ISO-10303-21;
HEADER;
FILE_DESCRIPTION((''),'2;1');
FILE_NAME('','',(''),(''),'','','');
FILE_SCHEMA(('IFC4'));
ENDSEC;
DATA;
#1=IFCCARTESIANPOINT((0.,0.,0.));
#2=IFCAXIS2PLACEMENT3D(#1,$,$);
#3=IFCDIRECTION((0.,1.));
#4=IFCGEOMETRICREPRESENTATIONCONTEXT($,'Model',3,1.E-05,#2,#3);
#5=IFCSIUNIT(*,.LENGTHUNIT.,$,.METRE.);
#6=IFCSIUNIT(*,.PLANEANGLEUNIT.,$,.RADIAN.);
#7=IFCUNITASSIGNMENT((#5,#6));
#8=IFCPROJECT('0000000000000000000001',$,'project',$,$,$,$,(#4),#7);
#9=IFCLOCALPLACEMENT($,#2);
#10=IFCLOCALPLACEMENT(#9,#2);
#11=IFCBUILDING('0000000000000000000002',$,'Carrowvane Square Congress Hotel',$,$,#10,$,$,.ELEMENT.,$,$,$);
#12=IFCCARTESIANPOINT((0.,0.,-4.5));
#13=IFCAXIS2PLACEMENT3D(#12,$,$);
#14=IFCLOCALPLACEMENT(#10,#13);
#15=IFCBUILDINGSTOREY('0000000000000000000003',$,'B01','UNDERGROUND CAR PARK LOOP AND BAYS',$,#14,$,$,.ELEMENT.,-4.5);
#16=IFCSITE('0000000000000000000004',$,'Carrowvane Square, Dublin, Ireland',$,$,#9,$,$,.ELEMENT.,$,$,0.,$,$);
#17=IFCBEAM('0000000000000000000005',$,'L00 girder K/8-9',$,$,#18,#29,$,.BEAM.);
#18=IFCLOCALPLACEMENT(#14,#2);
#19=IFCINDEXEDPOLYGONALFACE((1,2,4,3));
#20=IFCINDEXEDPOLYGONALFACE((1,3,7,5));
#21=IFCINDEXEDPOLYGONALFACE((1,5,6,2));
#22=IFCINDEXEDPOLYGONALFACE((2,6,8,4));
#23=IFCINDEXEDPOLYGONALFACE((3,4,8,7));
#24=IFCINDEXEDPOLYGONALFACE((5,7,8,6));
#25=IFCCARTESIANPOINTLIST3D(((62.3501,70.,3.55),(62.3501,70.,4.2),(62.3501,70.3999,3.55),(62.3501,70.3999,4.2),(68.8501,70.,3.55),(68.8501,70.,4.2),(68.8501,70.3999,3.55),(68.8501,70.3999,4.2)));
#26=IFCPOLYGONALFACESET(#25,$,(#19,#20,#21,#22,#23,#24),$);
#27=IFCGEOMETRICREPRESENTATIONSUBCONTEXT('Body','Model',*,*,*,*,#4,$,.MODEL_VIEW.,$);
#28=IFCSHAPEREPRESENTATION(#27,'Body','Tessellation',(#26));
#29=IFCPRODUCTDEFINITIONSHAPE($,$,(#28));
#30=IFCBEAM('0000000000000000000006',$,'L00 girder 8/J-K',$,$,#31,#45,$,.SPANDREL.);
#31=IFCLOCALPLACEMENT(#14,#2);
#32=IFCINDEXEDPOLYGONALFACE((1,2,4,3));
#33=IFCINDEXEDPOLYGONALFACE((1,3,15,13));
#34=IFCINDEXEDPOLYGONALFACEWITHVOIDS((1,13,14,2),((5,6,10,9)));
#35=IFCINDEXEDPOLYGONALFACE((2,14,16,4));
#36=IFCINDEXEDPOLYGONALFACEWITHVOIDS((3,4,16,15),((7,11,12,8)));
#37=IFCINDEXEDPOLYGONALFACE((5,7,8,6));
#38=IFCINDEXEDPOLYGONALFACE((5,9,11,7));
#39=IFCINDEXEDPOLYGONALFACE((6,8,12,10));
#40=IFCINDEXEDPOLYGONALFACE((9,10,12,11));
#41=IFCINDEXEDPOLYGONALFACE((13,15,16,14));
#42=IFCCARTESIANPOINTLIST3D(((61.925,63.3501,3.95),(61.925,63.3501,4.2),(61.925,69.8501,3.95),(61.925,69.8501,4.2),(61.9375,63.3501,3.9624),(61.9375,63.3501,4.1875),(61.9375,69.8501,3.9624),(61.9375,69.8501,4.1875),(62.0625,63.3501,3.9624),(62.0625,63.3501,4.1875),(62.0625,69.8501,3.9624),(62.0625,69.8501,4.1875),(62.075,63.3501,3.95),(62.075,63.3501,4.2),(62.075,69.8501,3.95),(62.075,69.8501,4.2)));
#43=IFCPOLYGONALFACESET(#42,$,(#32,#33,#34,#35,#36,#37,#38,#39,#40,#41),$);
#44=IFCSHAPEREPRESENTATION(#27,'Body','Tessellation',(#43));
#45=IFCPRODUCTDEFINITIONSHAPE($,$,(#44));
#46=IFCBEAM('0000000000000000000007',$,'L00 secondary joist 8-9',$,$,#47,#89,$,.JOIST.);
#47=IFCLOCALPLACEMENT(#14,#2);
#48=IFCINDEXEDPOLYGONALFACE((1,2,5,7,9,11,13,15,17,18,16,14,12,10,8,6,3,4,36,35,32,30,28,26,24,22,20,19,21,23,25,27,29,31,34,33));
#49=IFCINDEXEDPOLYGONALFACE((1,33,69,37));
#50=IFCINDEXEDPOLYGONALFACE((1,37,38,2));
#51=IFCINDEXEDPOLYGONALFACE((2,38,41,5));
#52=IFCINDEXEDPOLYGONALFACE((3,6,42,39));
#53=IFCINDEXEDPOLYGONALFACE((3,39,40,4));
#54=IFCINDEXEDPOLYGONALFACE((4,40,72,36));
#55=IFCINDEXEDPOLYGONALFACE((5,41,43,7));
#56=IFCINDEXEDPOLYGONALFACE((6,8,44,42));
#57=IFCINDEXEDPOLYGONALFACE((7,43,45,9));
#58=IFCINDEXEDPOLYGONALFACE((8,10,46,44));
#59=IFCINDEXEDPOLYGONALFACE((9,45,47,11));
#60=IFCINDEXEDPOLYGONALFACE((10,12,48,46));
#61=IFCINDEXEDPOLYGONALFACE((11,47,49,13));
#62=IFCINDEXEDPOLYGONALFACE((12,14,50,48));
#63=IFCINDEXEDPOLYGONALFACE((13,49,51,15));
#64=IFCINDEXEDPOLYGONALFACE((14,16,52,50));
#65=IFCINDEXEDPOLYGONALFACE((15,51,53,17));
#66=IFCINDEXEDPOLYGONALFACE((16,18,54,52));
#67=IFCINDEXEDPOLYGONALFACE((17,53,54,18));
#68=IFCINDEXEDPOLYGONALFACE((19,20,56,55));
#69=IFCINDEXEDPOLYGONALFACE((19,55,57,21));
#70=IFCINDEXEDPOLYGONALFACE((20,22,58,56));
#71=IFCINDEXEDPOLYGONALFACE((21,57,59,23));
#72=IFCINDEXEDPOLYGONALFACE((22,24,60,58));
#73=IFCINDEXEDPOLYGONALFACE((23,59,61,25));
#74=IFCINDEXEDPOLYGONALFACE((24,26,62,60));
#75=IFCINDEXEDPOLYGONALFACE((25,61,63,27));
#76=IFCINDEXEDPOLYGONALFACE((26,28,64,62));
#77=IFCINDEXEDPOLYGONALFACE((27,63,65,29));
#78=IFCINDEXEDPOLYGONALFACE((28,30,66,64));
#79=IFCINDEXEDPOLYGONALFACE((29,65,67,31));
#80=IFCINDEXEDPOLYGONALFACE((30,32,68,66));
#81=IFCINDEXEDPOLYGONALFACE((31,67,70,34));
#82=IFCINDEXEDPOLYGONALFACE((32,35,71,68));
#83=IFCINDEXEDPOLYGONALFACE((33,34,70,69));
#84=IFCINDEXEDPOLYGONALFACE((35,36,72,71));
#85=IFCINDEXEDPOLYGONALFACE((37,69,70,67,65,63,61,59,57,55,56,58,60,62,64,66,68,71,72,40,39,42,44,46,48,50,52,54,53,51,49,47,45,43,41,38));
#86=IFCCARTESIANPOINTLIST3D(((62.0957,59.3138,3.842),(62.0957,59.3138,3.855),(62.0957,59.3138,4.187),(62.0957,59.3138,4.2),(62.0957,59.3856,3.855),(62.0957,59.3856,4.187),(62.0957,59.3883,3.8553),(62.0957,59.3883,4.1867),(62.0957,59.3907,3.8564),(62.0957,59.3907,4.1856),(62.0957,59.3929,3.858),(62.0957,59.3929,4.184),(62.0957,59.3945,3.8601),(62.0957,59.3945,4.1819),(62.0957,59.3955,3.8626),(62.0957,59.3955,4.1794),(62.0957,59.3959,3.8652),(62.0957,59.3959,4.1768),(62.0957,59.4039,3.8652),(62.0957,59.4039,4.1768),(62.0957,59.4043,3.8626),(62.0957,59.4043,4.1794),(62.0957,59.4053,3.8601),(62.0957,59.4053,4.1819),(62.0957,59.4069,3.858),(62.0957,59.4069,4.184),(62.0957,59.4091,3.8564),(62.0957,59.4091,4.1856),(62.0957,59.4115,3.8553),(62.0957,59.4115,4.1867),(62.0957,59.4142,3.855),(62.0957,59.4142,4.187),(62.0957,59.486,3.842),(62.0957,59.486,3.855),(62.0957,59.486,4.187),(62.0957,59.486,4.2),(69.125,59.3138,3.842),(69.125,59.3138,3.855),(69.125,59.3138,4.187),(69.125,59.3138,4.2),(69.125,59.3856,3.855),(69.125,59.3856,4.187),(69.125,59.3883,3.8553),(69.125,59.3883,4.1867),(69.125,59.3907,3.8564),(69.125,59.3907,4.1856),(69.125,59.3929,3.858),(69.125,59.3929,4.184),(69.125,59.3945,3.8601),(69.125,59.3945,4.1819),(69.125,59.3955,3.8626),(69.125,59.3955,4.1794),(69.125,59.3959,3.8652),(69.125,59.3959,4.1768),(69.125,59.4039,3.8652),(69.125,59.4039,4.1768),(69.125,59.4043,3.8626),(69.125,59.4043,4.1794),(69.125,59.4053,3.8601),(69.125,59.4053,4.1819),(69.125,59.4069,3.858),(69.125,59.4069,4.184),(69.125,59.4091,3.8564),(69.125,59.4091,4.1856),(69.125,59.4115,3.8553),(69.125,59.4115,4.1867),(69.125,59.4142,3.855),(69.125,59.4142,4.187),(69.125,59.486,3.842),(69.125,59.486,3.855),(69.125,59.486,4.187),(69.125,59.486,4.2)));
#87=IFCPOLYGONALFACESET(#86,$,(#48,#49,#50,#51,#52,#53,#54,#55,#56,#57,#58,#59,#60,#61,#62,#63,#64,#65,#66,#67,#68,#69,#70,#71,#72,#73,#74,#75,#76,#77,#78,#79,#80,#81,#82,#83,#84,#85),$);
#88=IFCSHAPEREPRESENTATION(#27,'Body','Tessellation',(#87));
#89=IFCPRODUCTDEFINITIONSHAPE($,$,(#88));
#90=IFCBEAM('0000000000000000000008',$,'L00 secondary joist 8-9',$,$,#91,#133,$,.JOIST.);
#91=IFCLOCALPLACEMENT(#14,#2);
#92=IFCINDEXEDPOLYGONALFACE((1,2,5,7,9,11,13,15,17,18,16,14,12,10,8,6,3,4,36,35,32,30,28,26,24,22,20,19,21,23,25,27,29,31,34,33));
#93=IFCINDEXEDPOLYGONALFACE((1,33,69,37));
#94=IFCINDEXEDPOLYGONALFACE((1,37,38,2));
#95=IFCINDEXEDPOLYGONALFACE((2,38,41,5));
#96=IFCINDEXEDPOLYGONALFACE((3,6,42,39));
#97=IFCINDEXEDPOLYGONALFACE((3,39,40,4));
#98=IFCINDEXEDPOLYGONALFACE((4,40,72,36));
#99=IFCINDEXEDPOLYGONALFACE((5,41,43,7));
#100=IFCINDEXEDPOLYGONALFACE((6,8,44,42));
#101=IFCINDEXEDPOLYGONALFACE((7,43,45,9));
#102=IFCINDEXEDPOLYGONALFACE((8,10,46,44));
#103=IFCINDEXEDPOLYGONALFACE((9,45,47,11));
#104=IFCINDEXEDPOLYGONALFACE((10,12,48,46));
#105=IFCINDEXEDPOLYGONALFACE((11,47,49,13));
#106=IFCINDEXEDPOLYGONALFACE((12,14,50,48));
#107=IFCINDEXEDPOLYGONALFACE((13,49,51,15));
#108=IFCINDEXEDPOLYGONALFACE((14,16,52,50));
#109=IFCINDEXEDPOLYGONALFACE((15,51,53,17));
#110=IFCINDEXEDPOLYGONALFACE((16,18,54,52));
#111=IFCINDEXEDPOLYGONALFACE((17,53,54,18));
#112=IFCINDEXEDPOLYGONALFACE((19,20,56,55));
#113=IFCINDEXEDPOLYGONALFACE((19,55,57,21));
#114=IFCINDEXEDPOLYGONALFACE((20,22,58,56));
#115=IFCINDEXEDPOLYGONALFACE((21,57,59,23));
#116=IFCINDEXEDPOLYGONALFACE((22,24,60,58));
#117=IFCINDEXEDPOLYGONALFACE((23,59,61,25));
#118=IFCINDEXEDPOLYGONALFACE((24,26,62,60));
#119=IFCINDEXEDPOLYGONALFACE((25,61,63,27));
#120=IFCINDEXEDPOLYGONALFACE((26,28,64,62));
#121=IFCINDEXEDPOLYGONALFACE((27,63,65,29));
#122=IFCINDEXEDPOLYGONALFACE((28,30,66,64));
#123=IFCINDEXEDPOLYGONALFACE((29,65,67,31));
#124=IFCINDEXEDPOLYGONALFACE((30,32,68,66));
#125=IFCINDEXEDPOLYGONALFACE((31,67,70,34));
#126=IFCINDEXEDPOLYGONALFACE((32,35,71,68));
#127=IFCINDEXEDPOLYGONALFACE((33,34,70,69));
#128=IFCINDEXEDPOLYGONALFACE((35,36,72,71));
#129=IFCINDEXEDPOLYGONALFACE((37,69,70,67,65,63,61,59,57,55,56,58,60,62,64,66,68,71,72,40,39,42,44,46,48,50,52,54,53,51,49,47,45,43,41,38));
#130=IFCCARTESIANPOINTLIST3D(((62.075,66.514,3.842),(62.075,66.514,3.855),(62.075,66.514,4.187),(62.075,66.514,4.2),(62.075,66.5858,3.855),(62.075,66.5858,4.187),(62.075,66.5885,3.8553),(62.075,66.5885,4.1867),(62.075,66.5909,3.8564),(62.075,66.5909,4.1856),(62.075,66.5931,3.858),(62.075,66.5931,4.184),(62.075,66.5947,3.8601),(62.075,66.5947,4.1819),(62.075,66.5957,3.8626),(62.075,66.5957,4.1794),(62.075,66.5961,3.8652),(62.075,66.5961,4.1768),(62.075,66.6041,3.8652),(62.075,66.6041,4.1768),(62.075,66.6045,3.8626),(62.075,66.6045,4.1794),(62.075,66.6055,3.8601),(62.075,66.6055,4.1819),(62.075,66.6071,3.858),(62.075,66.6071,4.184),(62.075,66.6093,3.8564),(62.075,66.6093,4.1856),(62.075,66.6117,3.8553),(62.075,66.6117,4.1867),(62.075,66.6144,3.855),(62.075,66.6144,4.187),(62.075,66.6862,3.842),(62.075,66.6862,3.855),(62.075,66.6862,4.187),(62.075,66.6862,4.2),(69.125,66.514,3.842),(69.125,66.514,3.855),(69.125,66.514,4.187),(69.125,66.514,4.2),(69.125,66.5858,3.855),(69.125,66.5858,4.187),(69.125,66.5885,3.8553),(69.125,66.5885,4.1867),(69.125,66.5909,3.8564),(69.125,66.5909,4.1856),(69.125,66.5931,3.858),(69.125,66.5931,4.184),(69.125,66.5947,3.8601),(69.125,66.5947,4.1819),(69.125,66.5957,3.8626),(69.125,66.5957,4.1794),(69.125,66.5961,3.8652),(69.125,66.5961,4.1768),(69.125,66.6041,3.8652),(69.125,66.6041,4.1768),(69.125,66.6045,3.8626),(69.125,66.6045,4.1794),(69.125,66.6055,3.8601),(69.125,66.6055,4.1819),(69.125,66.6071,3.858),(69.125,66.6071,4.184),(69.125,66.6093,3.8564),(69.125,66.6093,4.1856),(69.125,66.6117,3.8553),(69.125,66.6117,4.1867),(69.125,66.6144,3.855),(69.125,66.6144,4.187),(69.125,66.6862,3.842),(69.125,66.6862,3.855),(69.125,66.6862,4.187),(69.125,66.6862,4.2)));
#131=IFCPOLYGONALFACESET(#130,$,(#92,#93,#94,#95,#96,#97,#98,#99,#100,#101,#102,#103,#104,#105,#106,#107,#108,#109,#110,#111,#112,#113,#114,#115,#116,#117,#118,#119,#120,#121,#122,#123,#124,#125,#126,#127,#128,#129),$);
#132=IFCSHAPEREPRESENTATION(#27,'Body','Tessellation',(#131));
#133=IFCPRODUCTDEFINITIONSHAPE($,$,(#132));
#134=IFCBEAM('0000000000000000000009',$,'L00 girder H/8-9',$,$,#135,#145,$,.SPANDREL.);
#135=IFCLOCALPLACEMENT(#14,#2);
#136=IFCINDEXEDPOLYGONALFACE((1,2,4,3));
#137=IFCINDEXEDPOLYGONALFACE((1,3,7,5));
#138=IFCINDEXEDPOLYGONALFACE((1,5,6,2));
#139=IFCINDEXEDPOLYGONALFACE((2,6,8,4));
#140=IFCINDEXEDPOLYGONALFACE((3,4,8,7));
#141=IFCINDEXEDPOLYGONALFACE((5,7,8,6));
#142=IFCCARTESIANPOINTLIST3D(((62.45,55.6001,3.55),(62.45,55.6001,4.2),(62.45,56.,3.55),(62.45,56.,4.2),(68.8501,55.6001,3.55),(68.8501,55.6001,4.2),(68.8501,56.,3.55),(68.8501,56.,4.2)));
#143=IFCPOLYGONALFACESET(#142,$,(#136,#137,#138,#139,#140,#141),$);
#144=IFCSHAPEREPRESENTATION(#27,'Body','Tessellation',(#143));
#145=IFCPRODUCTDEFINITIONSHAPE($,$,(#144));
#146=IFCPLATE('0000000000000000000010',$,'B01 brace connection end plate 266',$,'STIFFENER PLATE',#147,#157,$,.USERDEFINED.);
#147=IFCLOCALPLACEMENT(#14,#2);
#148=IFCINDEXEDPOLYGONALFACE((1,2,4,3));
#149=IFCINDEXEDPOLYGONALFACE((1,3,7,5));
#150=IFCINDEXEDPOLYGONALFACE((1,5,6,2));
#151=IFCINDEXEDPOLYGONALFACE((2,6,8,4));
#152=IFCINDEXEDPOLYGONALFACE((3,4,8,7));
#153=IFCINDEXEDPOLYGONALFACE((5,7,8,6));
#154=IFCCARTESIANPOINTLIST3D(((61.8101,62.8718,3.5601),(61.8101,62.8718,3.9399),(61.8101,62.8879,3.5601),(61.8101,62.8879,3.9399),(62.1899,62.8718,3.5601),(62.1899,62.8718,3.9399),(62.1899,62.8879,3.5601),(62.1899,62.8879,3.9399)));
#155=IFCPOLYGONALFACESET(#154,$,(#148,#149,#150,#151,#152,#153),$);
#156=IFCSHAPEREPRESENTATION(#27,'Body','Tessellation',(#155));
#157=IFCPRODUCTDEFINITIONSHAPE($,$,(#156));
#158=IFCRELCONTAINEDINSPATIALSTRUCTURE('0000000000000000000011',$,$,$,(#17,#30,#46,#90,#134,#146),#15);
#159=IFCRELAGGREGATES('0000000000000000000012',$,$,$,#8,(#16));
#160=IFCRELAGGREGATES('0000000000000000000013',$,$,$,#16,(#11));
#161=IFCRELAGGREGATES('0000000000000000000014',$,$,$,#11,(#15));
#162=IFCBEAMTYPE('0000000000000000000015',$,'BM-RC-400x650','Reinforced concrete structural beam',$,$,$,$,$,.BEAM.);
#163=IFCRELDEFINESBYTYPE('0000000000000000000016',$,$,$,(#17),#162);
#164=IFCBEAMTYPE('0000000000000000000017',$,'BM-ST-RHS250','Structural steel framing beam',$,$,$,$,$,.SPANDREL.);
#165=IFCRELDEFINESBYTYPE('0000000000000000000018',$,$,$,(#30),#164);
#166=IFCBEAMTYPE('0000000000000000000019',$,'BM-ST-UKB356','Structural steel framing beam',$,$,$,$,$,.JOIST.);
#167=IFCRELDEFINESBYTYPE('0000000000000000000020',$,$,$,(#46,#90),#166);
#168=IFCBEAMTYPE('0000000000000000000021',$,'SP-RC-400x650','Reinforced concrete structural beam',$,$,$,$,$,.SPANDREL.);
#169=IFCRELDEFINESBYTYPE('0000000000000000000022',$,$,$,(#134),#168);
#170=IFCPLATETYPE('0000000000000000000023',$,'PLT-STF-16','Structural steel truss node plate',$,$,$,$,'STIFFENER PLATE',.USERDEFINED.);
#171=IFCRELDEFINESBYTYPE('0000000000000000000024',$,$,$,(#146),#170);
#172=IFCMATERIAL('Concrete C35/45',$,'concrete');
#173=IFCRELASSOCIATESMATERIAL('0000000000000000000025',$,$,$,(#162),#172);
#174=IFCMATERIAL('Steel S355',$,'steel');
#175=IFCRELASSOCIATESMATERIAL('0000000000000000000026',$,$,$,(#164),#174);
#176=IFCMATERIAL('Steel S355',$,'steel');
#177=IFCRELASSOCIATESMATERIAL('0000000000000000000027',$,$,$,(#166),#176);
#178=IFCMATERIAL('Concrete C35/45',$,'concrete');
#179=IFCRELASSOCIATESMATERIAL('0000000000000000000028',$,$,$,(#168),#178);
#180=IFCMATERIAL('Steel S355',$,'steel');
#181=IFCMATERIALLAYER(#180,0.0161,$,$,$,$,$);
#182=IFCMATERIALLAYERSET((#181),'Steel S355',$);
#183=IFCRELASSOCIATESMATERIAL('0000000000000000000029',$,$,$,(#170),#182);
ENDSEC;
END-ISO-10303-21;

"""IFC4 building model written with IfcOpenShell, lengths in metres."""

from ifc_helpers import new_model, si_unit, direction, frame, origin, origin_2d, place, context, subcontext, project, spatial, rectangle, hollow_rectangle, i_section, extrude, material, layer, layer_set, material_profile, profile_set, type_object, element, save


model = new_model("IFC4")

# Units and contexts
model_context = context("Model", 3, precision=1e-05, world=origin(), true_north=direction((0.0, 1.0)))
body_context = subcontext(model_context, "Body", "Model", "MODEL_VIEW")
ifc_project = project(units=[si_unit("LENGTHUNIT", "METRE"), si_unit("PLANEANGLEUNIT", "RADIAN")], contexts=[model_context])

# Site, building, storey
site_placement = place(None, origin())
site = spatial("IfcSite", under=ifc_project, at=site_placement, Name="Carrowvane Square, Dublin, Ireland", CompositionType="ELEMENT", RefElevation=0.0)
building_placement = place(site_placement, origin())
building = spatial("IfcBuilding", under=site, at=building_placement, Name="Carrowvane Square Congress Hotel", CompositionType="ELEMENT")
storey_placement = place(building_placement, frame((0.0, 0.0, -4.5)))
storey = spatial("IfcBuildingStorey", under=building, at=storey_placement, Name="B01", Description="UNDERGROUND CAR PARK LOOP AND BAYS", CompositionType="ELEMENT", Elevation=-4.5)

# Beams
ifc_material_1 = material(Name="Concrete C35/45", Category="concrete")
ifc_material_profile_1 = material_profile(ifc_material_1, rectangle(XDim=0.3999, YDim=0.6499, at=origin_2d()), Name="RC 400x650")
ifc_profile_set_1 = profile_set([ifc_material_profile_1], Name="Concrete C35/45")
beam_type_1 = type_object("IfcBeamType", Name="BM-RC-400x650", Description="Reinforced concrete structural beam", PredefinedType="BEAM", material=ifc_profile_set_1)
for number, where, z_axis, x_axis, name in (
    (1, (62.3501, 70.2, 3.875), (1.0, 0.0, 0.0), (0.0, 1.0, 0.0), "L00 girder K/8-9"),
):
    element("IfcBeam", number, at=place(storey_placement, frame(where, z_axis=z_axis, x_axis=x_axis)), inside=storey, type_object=beam_type_1, Name=name, PredefinedType="BEAM", context=body_context, shape_type="SweptSolid", body=[
        extrude(rectangle(XDim=0.3999, YDim=0.6499, at=origin_2d()), origin(), (0.0, 0.0, 1.0), 6.5),
    ])
ifc_material_2 = material(Name="Steel S355", Category="steel")
ifc_material_profile_2 = material_profile(ifc_material_2, hollow_rectangle(XDim=0.1499, YDim=0.25, WallThickness=0.0125, at=origin_2d()), Name="RHS 250x150x12.5")
ifc_profile_set_2 = profile_set([ifc_material_profile_2], Name="Steel S355")
beam_type_2 = type_object("IfcBeamType", Name="BM-ST-RHS250", Description="Structural steel framing beam", PredefinedType="SPANDREL", material=ifc_profile_set_2)
beam_1_placement = place(storey_placement, frame((62.0, 63.3501, 4.075), z_axis=(0.0, 1.0, 0.0), x_axis=(-1.0, 0.0, 0.0)))
element("IfcBeam", 2, at=beam_1_placement, inside=storey, type_object=beam_type_2, Name="L00 girder 8/J-K", PredefinedType="SPANDREL", context=body_context, shape_type="SweptSolid", body=[
    extrude(hollow_rectangle(XDim=0.1499, YDim=0.25, WallThickness=0.0125, at=origin_2d()), origin(), (0.0, 0.0, 1.0), 6.5),
])
ifc_material_3 = material(Name="Steel S355", Category="steel")
ifc_material_profile_3 = material_profile(ifc_material_3, i_section(OverallWidth=0.1721, OverallDepth=0.3579, WebThickness=0.0081, FlangeThickness=0.0129, FilletRadius=0.0103, at=origin_2d()), Name="UKB 356x171x57")
ifc_profile_set_3 = profile_set([ifc_material_profile_3], Name="Steel S355")
beam_type_3 = type_object("IfcBeamType", Name="BM-ST-UKB356", Description="Structural steel framing beam", PredefinedType="JOIST", material=ifc_profile_set_3)
beam_2_placement = place(storey_placement, frame((62.0957, 59.3999, 4.021), z_axis=(1.0, 0.0, 0.0), x_axis=(0.0, 1.0, 0.0)))
element("IfcBeam", 3, at=beam_2_placement, inside=storey, type_object=beam_type_3, Name="L00 secondary joist 8-9", PredefinedType="JOIST", context=body_context, shape_type="SweptSolid", body=[
    extrude(i_section(OverallWidth=0.1721, OverallDepth=0.3579, WebThickness=0.0081, FlangeThickness=0.0129, FilletRadius=0.0103, at=origin_2d()), origin(), (0.0, 0.0, 1.0), 7.0293),
])
beam_3_placement = place(storey_placement, frame((62.075, 66.6001, 4.021), z_axis=(1.0, 0.0, 0.0), x_axis=(0.0, 1.0, 0.0)))
element("IfcBeam", 4, at=beam_3_placement, inside=storey, type_object=beam_type_3, Name="L00 secondary joist 8-9", PredefinedType="JOIST", context=body_context, shape_type="SweptSolid", body=[
    extrude(i_section(OverallWidth=0.1721, OverallDepth=0.3579, WebThickness=0.0081, FlangeThickness=0.0129, FilletRadius=0.0103, at=origin_2d()), origin(), (0.0, 0.0, 1.0), 7.05),
])
ifc_material_4 = material(Name="Concrete C35/45", Category="concrete")
ifc_material_profile_4 = material_profile(ifc_material_4, rectangle(XDim=0.3999, YDim=0.6499, at=origin_2d()), Name="RC 400x650")
ifc_profile_set_4 = profile_set([ifc_material_profile_4], Name="Concrete C35/45")
beam_type_4 = type_object("IfcBeamType", Name="SP-RC-400x650", Description="Reinforced concrete structural beam", PredefinedType="SPANDREL", material=ifc_profile_set_4)
beam_4_placement = place(storey_placement, frame((62.45, 55.8, 3.875), z_axis=(1.0, 0.0, 0.0), x_axis=(0.0, 1.0, 0.0)))
element("IfcBeam", 5, at=beam_4_placement, inside=storey, type_object=beam_type_4, Name="L00 girder H/8-9", PredefinedType="SPANDREL", context=body_context, shape_type="SweptSolid", body=[
    extrude(rectangle(XDim=0.3999, YDim=0.6499, at=origin_2d()), origin(), (0.0, 0.0, 1.0), 6.4001),
])

# Plate
ifc_material_5 = material(Name="Steel S355", Category="steel")
ifc_layer = layer(ifc_material_5, 0.0161)
ifc_layer_set = layer_set([ifc_layer], Name="Steel S355")
plate_type = type_object("IfcPlateType", Name="PLT-STF-16", Description="Structural steel truss node plate", ElementType="STIFFENER PLATE", PredefinedType="USERDEFINED", material=ifc_layer_set)
plate_placement = place(storey_placement, frame((62.0, 62.8799, 3.5601), z_axis=(0.0, 0.0, 1.0), x_axis=(1.0, 0.0, 0.0)))
element("IfcPlate", 6, at=plate_placement, inside=storey, type_object=plate_type, Name="B01 brace connection end plate 266", ObjectType="STIFFENER PLATE", PredefinedType="USERDEFINED", context=body_context, shape_type="SweptSolid", body=[
    extrude(rectangle(XDim=0.3799, YDim=0.0161, at=origin_2d()), origin(), (0.0, 0.0, 1.0), 0.3799),
])

save(model, "model.ifc")
